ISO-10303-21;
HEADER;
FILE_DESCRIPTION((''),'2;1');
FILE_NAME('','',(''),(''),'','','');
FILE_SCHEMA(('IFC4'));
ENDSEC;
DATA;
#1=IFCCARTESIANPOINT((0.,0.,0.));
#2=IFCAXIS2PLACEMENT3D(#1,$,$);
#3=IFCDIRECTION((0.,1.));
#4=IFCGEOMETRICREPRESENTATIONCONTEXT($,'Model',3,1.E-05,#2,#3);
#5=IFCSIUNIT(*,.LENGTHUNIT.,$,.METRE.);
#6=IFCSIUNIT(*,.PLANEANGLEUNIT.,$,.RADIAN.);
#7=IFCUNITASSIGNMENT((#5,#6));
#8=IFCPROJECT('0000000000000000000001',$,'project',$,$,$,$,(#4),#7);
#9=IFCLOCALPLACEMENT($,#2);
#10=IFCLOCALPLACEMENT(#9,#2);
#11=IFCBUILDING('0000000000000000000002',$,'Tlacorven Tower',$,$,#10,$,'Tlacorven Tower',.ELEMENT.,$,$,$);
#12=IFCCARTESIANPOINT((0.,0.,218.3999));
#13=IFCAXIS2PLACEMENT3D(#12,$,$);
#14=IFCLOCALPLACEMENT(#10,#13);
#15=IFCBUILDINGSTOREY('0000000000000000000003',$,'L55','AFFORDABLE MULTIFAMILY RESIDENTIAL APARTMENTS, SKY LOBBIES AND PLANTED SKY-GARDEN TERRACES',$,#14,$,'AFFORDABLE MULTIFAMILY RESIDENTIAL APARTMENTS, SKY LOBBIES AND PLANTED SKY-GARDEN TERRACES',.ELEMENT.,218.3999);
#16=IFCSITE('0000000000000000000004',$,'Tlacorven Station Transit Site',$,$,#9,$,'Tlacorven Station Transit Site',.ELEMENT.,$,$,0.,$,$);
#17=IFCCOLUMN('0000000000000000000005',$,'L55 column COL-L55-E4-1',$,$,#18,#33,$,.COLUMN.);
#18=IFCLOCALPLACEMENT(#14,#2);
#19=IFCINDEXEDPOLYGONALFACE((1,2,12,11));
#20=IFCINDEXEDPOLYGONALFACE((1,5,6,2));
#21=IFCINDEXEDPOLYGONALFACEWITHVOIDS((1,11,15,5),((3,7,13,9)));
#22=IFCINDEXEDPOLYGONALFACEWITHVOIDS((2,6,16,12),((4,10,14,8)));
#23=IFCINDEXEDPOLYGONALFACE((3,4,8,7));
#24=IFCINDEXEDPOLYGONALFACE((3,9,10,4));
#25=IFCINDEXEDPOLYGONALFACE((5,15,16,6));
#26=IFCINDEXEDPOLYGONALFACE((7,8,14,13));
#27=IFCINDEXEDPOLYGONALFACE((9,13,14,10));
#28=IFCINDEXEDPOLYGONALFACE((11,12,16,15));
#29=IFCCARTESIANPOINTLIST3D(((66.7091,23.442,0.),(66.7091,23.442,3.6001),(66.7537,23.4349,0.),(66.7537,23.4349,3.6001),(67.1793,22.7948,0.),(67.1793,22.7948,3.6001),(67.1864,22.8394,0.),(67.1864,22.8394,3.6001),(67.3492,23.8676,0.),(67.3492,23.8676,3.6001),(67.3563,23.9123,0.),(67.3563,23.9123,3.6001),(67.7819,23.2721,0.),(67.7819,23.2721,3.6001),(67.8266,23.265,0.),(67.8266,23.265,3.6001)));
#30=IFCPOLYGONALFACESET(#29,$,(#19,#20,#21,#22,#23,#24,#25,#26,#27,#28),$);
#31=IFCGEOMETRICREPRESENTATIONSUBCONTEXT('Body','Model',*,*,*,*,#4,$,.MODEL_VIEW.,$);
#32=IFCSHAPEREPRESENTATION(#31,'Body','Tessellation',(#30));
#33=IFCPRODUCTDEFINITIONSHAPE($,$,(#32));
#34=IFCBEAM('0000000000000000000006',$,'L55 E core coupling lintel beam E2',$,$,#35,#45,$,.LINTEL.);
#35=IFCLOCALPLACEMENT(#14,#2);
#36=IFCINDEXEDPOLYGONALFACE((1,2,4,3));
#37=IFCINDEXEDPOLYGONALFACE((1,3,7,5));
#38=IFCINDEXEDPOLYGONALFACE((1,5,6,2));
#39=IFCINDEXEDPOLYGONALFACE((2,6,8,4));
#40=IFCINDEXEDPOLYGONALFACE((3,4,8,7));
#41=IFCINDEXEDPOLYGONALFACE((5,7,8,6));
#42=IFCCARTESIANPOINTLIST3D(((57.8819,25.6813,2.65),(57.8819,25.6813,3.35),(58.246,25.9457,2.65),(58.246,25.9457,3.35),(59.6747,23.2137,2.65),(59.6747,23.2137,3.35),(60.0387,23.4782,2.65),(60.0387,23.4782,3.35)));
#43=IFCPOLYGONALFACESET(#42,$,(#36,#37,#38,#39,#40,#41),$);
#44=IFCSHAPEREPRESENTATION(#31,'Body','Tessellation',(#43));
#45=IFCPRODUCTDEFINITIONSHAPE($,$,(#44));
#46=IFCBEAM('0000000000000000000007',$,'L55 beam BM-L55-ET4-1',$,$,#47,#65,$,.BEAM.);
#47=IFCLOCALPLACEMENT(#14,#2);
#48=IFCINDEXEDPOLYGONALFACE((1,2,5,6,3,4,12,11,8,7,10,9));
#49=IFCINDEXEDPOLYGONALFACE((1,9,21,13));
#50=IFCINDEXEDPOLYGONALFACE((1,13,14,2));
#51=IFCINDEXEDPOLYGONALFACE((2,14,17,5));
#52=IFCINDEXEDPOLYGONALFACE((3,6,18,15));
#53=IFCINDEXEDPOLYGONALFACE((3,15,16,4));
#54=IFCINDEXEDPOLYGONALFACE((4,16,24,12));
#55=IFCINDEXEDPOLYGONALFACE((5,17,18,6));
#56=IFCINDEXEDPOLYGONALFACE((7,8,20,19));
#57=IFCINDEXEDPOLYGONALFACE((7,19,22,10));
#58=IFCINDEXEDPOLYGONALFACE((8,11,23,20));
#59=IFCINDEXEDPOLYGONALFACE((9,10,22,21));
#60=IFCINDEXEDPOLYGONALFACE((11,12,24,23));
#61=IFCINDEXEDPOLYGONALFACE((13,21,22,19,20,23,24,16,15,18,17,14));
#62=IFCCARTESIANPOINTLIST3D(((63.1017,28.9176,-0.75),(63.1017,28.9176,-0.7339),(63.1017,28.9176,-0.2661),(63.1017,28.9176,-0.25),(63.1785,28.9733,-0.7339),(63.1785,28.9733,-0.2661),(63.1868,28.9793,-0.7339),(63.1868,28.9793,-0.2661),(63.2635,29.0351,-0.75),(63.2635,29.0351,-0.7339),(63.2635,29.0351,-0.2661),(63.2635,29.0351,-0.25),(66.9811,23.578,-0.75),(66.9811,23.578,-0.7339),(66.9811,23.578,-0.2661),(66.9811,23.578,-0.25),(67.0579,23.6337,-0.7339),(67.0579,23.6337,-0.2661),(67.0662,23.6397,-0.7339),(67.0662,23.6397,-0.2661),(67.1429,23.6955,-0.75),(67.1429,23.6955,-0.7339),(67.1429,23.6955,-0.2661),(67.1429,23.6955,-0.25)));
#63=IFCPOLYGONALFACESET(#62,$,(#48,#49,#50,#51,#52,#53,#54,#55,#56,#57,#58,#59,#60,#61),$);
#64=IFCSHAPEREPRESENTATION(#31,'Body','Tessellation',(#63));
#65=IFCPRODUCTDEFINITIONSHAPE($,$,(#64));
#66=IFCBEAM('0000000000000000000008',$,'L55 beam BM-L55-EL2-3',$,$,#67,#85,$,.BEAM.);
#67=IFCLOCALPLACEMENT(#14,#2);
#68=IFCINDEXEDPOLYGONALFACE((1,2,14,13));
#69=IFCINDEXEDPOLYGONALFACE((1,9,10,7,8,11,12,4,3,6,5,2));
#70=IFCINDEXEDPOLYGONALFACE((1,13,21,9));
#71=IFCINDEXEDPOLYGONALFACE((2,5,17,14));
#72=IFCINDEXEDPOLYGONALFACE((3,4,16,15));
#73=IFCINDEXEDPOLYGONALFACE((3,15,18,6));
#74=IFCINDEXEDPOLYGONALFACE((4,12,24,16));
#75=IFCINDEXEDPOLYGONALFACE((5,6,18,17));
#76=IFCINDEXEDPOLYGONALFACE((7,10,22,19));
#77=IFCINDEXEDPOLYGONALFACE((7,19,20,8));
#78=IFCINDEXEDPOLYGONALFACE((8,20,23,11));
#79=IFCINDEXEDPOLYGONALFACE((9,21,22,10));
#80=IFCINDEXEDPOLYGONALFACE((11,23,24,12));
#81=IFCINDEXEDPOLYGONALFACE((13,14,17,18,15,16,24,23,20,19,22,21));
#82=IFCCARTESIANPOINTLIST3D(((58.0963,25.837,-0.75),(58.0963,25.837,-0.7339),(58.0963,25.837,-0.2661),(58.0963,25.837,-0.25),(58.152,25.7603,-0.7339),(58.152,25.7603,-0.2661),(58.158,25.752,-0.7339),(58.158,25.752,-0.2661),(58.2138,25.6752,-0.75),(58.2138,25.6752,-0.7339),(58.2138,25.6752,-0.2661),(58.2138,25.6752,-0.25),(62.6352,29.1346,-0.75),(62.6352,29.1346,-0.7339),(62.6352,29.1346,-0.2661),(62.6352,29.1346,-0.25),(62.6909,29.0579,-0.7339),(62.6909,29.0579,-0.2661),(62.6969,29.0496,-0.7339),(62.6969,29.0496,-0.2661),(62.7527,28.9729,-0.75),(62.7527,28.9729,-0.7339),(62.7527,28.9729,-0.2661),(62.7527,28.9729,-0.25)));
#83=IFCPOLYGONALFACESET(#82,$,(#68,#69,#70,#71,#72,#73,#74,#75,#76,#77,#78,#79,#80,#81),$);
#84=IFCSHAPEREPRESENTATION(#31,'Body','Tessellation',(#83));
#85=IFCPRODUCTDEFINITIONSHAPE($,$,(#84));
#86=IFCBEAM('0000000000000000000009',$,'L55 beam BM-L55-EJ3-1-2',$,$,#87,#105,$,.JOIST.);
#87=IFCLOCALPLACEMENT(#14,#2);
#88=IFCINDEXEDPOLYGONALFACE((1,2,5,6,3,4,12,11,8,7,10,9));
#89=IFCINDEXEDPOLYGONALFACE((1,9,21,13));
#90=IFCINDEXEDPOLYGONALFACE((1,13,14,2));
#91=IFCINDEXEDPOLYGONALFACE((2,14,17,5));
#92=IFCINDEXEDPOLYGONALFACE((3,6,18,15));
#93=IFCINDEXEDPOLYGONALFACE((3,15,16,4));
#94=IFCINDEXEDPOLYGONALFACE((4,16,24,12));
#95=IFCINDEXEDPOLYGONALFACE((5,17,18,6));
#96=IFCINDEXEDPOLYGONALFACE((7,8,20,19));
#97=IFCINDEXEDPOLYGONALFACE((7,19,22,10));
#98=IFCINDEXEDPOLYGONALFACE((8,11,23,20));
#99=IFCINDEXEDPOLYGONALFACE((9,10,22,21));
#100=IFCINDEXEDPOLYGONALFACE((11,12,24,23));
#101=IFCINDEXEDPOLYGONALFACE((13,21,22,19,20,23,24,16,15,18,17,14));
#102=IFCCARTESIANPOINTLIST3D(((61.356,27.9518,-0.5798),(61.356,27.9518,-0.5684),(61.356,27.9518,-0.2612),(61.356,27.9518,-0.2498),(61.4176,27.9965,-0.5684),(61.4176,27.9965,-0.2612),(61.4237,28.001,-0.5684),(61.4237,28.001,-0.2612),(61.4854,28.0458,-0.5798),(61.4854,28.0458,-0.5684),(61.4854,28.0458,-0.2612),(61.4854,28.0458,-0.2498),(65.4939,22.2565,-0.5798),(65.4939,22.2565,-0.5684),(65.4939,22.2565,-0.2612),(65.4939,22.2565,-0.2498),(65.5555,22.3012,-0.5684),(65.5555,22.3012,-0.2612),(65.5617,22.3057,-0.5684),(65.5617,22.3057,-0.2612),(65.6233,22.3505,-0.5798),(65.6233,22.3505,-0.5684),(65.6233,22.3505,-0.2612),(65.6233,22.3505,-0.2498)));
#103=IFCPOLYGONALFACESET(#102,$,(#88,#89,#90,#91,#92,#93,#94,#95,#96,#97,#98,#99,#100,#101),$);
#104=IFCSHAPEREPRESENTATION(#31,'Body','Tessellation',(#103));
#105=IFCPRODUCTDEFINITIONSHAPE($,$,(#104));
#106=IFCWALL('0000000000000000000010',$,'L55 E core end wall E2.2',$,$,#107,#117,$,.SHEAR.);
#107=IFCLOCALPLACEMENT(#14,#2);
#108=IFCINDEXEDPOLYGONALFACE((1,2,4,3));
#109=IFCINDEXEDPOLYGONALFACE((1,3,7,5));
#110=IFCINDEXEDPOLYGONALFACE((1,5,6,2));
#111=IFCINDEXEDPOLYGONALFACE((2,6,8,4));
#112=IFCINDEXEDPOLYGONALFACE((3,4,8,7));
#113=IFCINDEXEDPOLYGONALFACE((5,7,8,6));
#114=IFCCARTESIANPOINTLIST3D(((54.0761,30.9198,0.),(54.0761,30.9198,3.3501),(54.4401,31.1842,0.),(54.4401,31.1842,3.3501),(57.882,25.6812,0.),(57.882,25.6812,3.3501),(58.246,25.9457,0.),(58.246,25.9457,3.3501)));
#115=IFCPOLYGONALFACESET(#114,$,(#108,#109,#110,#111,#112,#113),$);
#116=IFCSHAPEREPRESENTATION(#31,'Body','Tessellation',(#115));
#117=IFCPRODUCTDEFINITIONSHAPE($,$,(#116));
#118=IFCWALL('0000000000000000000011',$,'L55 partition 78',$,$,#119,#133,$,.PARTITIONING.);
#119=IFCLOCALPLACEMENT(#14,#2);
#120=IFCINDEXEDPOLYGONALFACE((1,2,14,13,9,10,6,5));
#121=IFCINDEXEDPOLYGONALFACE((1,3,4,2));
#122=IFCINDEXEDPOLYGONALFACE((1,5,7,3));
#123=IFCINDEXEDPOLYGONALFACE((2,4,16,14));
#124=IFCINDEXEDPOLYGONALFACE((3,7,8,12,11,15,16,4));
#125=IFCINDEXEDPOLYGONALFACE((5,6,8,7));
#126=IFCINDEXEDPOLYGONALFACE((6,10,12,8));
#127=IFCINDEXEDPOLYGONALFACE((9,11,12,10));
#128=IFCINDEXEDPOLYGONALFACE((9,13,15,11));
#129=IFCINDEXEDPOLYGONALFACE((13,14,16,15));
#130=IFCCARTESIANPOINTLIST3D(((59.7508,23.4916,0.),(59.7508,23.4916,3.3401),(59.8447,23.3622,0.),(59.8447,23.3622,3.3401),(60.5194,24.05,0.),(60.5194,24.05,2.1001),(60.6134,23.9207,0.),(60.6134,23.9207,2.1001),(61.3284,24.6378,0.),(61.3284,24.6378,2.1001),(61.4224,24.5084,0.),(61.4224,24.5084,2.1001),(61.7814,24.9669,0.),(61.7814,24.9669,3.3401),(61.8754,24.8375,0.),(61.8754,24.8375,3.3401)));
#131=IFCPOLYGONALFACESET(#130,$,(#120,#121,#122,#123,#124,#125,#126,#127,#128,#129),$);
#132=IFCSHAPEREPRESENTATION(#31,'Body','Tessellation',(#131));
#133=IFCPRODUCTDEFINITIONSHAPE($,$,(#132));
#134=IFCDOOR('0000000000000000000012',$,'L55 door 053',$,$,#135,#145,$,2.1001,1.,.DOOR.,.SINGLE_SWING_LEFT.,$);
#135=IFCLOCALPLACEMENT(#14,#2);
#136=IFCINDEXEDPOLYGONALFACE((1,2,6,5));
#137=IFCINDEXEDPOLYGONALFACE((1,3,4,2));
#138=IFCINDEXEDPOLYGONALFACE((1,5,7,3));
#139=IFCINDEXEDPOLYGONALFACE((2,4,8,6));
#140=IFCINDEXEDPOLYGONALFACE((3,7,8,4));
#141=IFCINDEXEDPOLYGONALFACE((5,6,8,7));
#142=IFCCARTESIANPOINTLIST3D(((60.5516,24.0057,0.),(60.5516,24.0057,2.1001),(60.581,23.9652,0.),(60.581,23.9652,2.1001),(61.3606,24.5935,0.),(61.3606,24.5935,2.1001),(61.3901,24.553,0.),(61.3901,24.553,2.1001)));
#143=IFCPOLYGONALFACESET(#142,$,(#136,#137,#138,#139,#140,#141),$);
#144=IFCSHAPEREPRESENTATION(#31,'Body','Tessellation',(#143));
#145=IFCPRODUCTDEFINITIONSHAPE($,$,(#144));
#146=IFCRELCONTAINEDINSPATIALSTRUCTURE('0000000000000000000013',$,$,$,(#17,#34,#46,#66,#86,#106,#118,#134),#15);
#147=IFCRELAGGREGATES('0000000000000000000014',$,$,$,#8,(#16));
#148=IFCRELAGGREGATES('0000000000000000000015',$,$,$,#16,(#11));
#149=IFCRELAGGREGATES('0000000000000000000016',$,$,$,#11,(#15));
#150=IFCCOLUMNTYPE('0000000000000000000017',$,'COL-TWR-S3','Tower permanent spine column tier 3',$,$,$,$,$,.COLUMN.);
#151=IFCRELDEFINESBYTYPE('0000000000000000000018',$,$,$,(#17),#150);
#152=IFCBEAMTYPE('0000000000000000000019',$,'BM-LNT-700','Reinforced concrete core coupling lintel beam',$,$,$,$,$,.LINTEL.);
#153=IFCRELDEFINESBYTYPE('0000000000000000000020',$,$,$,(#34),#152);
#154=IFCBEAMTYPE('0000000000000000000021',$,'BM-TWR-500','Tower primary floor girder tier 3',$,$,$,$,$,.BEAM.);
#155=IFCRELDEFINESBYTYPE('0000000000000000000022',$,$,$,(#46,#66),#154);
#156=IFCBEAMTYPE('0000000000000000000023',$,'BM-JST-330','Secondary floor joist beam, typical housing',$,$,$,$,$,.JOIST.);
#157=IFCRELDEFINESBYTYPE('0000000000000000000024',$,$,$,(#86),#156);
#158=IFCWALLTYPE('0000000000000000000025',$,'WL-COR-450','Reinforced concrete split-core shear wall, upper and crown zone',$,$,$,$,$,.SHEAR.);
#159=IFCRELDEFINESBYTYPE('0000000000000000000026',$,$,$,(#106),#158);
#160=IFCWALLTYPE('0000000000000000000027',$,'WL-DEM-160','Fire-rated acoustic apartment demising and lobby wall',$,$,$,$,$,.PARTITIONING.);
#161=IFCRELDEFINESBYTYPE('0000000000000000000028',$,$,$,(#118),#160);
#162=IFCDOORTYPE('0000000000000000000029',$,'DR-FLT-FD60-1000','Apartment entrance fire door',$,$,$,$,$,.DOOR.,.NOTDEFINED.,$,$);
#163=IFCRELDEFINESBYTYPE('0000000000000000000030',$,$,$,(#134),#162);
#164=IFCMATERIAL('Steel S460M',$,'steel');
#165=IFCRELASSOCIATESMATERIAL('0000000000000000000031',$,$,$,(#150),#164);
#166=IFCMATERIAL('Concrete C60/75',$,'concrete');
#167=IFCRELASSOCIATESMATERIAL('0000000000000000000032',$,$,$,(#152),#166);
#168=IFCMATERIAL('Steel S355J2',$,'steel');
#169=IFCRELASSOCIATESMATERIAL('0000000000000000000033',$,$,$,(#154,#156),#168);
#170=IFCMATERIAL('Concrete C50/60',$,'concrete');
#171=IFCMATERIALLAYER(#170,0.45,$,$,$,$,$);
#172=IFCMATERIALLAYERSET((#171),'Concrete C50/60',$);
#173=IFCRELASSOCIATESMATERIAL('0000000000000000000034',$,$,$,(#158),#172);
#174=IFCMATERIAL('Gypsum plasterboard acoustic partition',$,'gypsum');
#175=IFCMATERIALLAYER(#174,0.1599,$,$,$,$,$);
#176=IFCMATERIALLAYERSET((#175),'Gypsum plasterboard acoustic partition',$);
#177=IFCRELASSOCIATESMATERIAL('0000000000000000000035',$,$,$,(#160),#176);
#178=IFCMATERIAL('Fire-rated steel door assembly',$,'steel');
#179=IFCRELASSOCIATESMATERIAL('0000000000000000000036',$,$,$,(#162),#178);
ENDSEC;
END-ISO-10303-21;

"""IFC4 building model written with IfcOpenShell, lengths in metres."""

from ifc_helpers import new_model, si_unit, direction, frame, frame_2d, origin, origin_2d, place, context, subcontext, project, spatial, rectangle, hollow_rectangle, i_section, extrude, source, transform, mapped, material, layer, layer_set, material_profile, profile_set, type_object, element, fill, save


model = new_model("IFC4")

# Units and contexts
model_context = context("Model", 3, precision=1e-05, world=origin(), true_north=direction((0.0, 1.0)))
body_context = subcontext(model_context, "Body", "Model", "MODEL_VIEW")
ifc_project = project(units=[si_unit("LENGTHUNIT", "METRE"), si_unit("PLANEANGLEUNIT", "RADIAN")], contexts=[model_context])

# Site, building, storey
site_placement = place(None, origin())
site = spatial("IfcSite", under=ifc_project, at=site_placement, Name="Tlacorven Station Transit Site", LongName="Tlacorven Station Transit Site", CompositionType="ELEMENT", RefElevation=0.0)
building_placement = place(site_placement, origin())
building = spatial("IfcBuilding", under=site, at=building_placement, Name="Tlacorven Tower", LongName="Tlacorven Tower", CompositionType="ELEMENT")
storey_placement = place(building_placement, frame((0.0, 0.0, 218.3999)))
storey = spatial("IfcBuildingStorey", under=building, at=storey_placement, Name="L55", Description="AFFORDABLE MULTIFAMILY RESIDENTIAL APARTMENTS, SKY LOBBIES AND PLANTED SKY-GARDEN TERRACES", LongName="AFFORDABLE MULTIFAMILY RESIDENTIAL APARTMENTS, SKY LOBBIES AND PLANTED SKY-GARDEN TERRACES", CompositionType="ELEMENT", Elevation=218.3999)

# Column
ifc_material_1 = material(Name="Steel S460M", Category="steel")
ifc_material_profile_1 = material_profile(ifc_material_1, hollow_rectangle(XDim=0.8, YDim=0.8, WallThickness=0.032, at=origin_2d()), Name="BOX 800X800X32")
ifc_profile_set_1 = profile_set([ifc_material_profile_1], Name="Steel S460M")
column_type = type_object("IfcColumnType", Name="COL-TWR-S3", Description="Tower permanent spine column tier 3", PredefinedType="COLUMN", material=ifc_profile_set_1)
shared_shape_1 = source(origin(), body_context, "Body", "SweptSolid", [
    extrude(hollow_rectangle(XDim=0.8, YDim=0.8, WallThickness=0.032, at=origin_2d()), origin(), (0.0, 0.0, 1.0), 3.6001),
])
column_placement = place(storey_placement, frame((67.2678, 23.3535, 0.0), z_axis=(0.0, 0.0, 1.0), x_axis=(0.809017, 0.587785, 0.0)))
element("IfcColumn", 1, at=column_placement, inside=storey, type_object=column_type, Name="L55 column COL-L55-E4-1", PredefinedType="COLUMN", context=body_context, shape_type="MappedRepresentation", body=[
    mapped(shared_shape_1, transform((0.0, 0.0, 0.0), scale=1.0)),
])

# Beams
ifc_material_2 = material(Name="Concrete C60/75", Category="concrete")
ifc_material_profile_2 = material_profile(ifc_material_2, rectangle(XDim=0.45, YDim=0.7, at=origin_2d()), Name="RC 450X700")
ifc_profile_set_2 = profile_set([ifc_material_profile_2], Name="Concrete C60/75")
beam_type_1 = type_object("IfcBeamType", Name="BM-LNT-700", Description="Reinforced concrete core coupling lintel beam", PredefinedType="LINTEL", material=ifc_profile_set_2)
shared_shape_2 = source(origin(), body_context, "Body", "SweptSolid", [
    extrude(rectangle(XDim=0.45, YDim=0.7, at=origin_2d()), origin(), (0.0, 0.0, 1.0), 3.05),
])
beam_1_placement = place(storey_placement, frame((59.8567, 23.3459, 3.0), z_axis=(-0.587777, 0.809023, 0.0), x_axis=(-0.809023, -0.587777, 0.0)))
element("IfcBeam", 2, at=beam_1_placement, inside=storey, type_object=beam_type_1, Name="L55 E core coupling lintel beam E2", PredefinedType="LINTEL", context=body_context, shape_type="MappedRepresentation", body=[
    mapped(shared_shape_2, transform((0.0, 0.0, 0.0), scale=1.0)),
])
ifc_material_3 = material(Name="Steel S355J2", Category="steel")
ifc_material_profile_3 = material_profile(ifc_material_3, i_section(OverallWidth=0.2, OverallDepth=0.5, WebThickness=0.0103, FlangeThickness=0.0161, at=origin_2d()), Name="IPE 500")
ifc_profile_set_3 = profile_set([ifc_material_profile_3], Name="Steel S355J2")
beam_type_2 = type_object("IfcBeamType", Name="BM-TWR-500", Description="Tower primary floor girder tier 3", PredefinedType="BEAM", material=ifc_profile_set_3)
shared_shape_3 = source(origin(), body_context, "Body", "SweptSolid", [
    extrude(i_section(OverallWidth=0.2, OverallDepth=0.5, WebThickness=0.0103, FlangeThickness=0.0161, at=origin_2d()), origin(), (0.0, 0.0, 1.0), 6.6001),
])
beam_2_placement = place(storey_placement, frame((67.062, 23.6367, -0.5), z_axis=(-0.58778, 0.809021, 0.0), x_axis=(-0.809021, -0.58778, 0.0)))
element("IfcBeam", 3, at=beam_2_placement, inside=storey, type_object=beam_type_2, Name="L55 beam BM-L55-ET4-1", PredefinedType="BEAM", context=body_context, shape_type="MappedRepresentation", body=[
    mapped(shared_shape_3, transform((0.0, 0.0, 0.0), scale=1.0)),
])
shared_shape_4 = source(origin(), body_context, "Body", "SweptSolid", [
    extrude(i_section(OverallWidth=0.2, OverallDepth=0.5, WebThickness=0.0103, FlangeThickness=0.0161, at=origin_2d()), origin(), (0.0, 0.0, 1.0), 5.6104),
])
beam_3_placement = place(storey_placement, frame((58.155, 25.7561, -0.5), z_axis=(0.80902, 0.587781, 0.0), x_axis=(-0.587781, 0.80902, 0.0)))
element("IfcBeam", 4, at=beam_3_placement, inside=storey, type_object=beam_type_2, Name="L55 beam BM-L55-EL2-3", PredefinedType="BEAM", context=body_context, shape_type="MappedRepresentation", body=[
    mapped(shared_shape_4, transform((0.0, 0.0, 0.0), scale=1.0)),
])
ifc_material_profile_4 = material_profile(ifc_material_3, i_section(OverallWidth=0.1599, OverallDepth=0.3301, WebThickness=0.0076, FlangeThickness=0.0115, at=origin_2d()), Name="IPE 330")
ifc_profile_set_4 = profile_set([ifc_material_profile_4], Name="Steel S355J2")
beam_type_3 = type_object("IfcBeamType", Name="BM-JST-330", Description="Secondary floor joist beam, typical housing", PredefinedType="JOIST", material=ifc_profile_set_4)
shared_shape_5 = source(origin(), body_context, "Body", "SweptSolid", [
    extrude(i_section(OverallWidth=0.1599, OverallDepth=0.3301, WebThickness=0.0076, FlangeThickness=0.0115, at=origin_2d()), origin(), (0.0, 0.0, 1.0), 7.0398),
])
beam_4_placement = place(storey_placement, frame((65.5586, 22.3035, -0.4148), z_axis=(-0.58779, 0.809013, 0.0), x_axis=(-0.809013, -0.58779, 0.0)))
element("IfcBeam", 5, at=beam_4_placement, inside=storey, type_object=beam_type_3, Name="L55 beam BM-L55-EJ3-1-2", PredefinedType="JOIST", context=body_context, shape_type="MappedRepresentation", body=[
    mapped(shared_shape_5, transform((0.0, 0.0, 0.0), scale=1.0)),
])

# Wall
ifc_material_4 = material(Name="Concrete C50/60", Category="concrete")
ifc_layer_1 = layer(ifc_material_4, 0.45)
ifc_layer_set_1 = layer_set([ifc_layer_1], Name="Concrete C50/60")
wall_type_1 = type_object("IfcWallType", Name="WL-COR-450", Description="Reinforced concrete split-core shear wall, upper and crown zone", PredefinedType="SHEAR", material=ifc_layer_set_1)
wall_1_placement = place(storey_placement, frame((58.064, 25.8135, 0.0), z_axis=(0.0, 0.0, 1.0), x_axis=(-0.587775, 0.809025, 0.0)))
element("IfcWall", 6, at=wall_1_placement, inside=storey, type_object=wall_type_1, Name="L55 E core end wall E2.2", PredefinedType="SHEAR", context=body_context, shape_type="SweptSolid", body=[
    extrude(rectangle(XDim=6.4751, YDim=0.45, at=frame_2d((3.2375, 0.0))), origin(), (0.0, 0.0, 1.0), 3.3501),
])

# Wall, opening, door
ifc_material_5 = material(Name="Gypsum plasterboard acoustic partition", Category="gypsum")
ifc_layer_2 = layer(ifc_material_5, 0.1599)
ifc_layer_set_2 = layer_set([ifc_layer_2], Name="Gypsum plasterboard acoustic partition")
wall_type_2 = type_object("IfcWallType", Name="WL-DEM-160", Description="Fire-rated acoustic apartment demising and lobby wall", PredefinedType="PARTITIONING", material=ifc_layer_set_2)
wall_2_placement = place(storey_placement, frame((59.7979, 23.427, 0.0), z_axis=(0.0, 0.0, 1.0), x_axis=(0.809035, 0.587761, 0.0)))
wall_2 = element("IfcWall", 7, at=wall_2_placement, inside=storey, type_object=wall_type_2, Name="L55 partition 78", PredefinedType="PARTITIONING", context=body_context, shape_type="SweptSolid", body=[
    extrude(rectangle(XDim=2.51, YDim=0.1599, at=frame_2d((1.2549, 0.0))), origin(), (0.0, 0.0, 1.0), 3.3401),
])
opening_1_placement = place(wall_2_placement, frame((0.95, 0.0, 0.0)))
opening_1 = element("IfcOpeningElement", 8, at=opening_1_placement, cuts=wall_2, PredefinedType="OPENING", context=body_context, shape_type="SweptSolid", body=[
    extrude(rectangle(XDim=1.0, YDim=2.1001, at=frame_2d((0.5, 1.05))), frame((0.0, 0.0898, 0.0), z_axis=(0.0, -1.0, 0.0), x_axis=(1.0, 0.0, 0.0)), (0.0, 0.0, 1.0), 0.1799),
])
ifc_material_6 = material(Name="Fire-rated steel door assembly", Category="steel")
door_type_1 = type_object("IfcDoorType", Name="DR-FLT-FD60-1000", Description="Apartment entrance fire door", OperationType="NOTDEFINED", PredefinedType="DOOR", material=ifc_material_6)
shared_shape_6 = source(origin(), body_context, "Body", "SweptSolid", [
    extrude(rectangle(XDim=1.0, YDim=2.1001, at=frame_2d((0.5, 1.05))), frame((0.0, 0.0249, 0.0), z_axis=(0.0, -1.0, 0.0), x_axis=(1.0, 0.0, 0.0)), (0.0, 0.0, 1.0), 0.05),
])
door_1_placement = place(opening_1_placement, frame((1.0, 0.0, 0.0), z_axis=(0.0, 0.0, 1.0), x_axis=(-1.0, 0.0, 0.0)))
door_1 = element("IfcDoor", 9, at=door_1_placement, inside=storey, type_object=door_type_1, Name="L55 door 053", OperationType="SINGLE_SWING_LEFT", OverallHeight=2.1001, OverallWidth=1.0, PredefinedType="DOOR", context=body_context, shape_type="MappedRepresentation", body=[
    mapped(shared_shape_6, transform((0.0, 0.0, 0.0), scale=1.0)),
])
fill(opening_1, door_1)

save(model, "model.ifc")
